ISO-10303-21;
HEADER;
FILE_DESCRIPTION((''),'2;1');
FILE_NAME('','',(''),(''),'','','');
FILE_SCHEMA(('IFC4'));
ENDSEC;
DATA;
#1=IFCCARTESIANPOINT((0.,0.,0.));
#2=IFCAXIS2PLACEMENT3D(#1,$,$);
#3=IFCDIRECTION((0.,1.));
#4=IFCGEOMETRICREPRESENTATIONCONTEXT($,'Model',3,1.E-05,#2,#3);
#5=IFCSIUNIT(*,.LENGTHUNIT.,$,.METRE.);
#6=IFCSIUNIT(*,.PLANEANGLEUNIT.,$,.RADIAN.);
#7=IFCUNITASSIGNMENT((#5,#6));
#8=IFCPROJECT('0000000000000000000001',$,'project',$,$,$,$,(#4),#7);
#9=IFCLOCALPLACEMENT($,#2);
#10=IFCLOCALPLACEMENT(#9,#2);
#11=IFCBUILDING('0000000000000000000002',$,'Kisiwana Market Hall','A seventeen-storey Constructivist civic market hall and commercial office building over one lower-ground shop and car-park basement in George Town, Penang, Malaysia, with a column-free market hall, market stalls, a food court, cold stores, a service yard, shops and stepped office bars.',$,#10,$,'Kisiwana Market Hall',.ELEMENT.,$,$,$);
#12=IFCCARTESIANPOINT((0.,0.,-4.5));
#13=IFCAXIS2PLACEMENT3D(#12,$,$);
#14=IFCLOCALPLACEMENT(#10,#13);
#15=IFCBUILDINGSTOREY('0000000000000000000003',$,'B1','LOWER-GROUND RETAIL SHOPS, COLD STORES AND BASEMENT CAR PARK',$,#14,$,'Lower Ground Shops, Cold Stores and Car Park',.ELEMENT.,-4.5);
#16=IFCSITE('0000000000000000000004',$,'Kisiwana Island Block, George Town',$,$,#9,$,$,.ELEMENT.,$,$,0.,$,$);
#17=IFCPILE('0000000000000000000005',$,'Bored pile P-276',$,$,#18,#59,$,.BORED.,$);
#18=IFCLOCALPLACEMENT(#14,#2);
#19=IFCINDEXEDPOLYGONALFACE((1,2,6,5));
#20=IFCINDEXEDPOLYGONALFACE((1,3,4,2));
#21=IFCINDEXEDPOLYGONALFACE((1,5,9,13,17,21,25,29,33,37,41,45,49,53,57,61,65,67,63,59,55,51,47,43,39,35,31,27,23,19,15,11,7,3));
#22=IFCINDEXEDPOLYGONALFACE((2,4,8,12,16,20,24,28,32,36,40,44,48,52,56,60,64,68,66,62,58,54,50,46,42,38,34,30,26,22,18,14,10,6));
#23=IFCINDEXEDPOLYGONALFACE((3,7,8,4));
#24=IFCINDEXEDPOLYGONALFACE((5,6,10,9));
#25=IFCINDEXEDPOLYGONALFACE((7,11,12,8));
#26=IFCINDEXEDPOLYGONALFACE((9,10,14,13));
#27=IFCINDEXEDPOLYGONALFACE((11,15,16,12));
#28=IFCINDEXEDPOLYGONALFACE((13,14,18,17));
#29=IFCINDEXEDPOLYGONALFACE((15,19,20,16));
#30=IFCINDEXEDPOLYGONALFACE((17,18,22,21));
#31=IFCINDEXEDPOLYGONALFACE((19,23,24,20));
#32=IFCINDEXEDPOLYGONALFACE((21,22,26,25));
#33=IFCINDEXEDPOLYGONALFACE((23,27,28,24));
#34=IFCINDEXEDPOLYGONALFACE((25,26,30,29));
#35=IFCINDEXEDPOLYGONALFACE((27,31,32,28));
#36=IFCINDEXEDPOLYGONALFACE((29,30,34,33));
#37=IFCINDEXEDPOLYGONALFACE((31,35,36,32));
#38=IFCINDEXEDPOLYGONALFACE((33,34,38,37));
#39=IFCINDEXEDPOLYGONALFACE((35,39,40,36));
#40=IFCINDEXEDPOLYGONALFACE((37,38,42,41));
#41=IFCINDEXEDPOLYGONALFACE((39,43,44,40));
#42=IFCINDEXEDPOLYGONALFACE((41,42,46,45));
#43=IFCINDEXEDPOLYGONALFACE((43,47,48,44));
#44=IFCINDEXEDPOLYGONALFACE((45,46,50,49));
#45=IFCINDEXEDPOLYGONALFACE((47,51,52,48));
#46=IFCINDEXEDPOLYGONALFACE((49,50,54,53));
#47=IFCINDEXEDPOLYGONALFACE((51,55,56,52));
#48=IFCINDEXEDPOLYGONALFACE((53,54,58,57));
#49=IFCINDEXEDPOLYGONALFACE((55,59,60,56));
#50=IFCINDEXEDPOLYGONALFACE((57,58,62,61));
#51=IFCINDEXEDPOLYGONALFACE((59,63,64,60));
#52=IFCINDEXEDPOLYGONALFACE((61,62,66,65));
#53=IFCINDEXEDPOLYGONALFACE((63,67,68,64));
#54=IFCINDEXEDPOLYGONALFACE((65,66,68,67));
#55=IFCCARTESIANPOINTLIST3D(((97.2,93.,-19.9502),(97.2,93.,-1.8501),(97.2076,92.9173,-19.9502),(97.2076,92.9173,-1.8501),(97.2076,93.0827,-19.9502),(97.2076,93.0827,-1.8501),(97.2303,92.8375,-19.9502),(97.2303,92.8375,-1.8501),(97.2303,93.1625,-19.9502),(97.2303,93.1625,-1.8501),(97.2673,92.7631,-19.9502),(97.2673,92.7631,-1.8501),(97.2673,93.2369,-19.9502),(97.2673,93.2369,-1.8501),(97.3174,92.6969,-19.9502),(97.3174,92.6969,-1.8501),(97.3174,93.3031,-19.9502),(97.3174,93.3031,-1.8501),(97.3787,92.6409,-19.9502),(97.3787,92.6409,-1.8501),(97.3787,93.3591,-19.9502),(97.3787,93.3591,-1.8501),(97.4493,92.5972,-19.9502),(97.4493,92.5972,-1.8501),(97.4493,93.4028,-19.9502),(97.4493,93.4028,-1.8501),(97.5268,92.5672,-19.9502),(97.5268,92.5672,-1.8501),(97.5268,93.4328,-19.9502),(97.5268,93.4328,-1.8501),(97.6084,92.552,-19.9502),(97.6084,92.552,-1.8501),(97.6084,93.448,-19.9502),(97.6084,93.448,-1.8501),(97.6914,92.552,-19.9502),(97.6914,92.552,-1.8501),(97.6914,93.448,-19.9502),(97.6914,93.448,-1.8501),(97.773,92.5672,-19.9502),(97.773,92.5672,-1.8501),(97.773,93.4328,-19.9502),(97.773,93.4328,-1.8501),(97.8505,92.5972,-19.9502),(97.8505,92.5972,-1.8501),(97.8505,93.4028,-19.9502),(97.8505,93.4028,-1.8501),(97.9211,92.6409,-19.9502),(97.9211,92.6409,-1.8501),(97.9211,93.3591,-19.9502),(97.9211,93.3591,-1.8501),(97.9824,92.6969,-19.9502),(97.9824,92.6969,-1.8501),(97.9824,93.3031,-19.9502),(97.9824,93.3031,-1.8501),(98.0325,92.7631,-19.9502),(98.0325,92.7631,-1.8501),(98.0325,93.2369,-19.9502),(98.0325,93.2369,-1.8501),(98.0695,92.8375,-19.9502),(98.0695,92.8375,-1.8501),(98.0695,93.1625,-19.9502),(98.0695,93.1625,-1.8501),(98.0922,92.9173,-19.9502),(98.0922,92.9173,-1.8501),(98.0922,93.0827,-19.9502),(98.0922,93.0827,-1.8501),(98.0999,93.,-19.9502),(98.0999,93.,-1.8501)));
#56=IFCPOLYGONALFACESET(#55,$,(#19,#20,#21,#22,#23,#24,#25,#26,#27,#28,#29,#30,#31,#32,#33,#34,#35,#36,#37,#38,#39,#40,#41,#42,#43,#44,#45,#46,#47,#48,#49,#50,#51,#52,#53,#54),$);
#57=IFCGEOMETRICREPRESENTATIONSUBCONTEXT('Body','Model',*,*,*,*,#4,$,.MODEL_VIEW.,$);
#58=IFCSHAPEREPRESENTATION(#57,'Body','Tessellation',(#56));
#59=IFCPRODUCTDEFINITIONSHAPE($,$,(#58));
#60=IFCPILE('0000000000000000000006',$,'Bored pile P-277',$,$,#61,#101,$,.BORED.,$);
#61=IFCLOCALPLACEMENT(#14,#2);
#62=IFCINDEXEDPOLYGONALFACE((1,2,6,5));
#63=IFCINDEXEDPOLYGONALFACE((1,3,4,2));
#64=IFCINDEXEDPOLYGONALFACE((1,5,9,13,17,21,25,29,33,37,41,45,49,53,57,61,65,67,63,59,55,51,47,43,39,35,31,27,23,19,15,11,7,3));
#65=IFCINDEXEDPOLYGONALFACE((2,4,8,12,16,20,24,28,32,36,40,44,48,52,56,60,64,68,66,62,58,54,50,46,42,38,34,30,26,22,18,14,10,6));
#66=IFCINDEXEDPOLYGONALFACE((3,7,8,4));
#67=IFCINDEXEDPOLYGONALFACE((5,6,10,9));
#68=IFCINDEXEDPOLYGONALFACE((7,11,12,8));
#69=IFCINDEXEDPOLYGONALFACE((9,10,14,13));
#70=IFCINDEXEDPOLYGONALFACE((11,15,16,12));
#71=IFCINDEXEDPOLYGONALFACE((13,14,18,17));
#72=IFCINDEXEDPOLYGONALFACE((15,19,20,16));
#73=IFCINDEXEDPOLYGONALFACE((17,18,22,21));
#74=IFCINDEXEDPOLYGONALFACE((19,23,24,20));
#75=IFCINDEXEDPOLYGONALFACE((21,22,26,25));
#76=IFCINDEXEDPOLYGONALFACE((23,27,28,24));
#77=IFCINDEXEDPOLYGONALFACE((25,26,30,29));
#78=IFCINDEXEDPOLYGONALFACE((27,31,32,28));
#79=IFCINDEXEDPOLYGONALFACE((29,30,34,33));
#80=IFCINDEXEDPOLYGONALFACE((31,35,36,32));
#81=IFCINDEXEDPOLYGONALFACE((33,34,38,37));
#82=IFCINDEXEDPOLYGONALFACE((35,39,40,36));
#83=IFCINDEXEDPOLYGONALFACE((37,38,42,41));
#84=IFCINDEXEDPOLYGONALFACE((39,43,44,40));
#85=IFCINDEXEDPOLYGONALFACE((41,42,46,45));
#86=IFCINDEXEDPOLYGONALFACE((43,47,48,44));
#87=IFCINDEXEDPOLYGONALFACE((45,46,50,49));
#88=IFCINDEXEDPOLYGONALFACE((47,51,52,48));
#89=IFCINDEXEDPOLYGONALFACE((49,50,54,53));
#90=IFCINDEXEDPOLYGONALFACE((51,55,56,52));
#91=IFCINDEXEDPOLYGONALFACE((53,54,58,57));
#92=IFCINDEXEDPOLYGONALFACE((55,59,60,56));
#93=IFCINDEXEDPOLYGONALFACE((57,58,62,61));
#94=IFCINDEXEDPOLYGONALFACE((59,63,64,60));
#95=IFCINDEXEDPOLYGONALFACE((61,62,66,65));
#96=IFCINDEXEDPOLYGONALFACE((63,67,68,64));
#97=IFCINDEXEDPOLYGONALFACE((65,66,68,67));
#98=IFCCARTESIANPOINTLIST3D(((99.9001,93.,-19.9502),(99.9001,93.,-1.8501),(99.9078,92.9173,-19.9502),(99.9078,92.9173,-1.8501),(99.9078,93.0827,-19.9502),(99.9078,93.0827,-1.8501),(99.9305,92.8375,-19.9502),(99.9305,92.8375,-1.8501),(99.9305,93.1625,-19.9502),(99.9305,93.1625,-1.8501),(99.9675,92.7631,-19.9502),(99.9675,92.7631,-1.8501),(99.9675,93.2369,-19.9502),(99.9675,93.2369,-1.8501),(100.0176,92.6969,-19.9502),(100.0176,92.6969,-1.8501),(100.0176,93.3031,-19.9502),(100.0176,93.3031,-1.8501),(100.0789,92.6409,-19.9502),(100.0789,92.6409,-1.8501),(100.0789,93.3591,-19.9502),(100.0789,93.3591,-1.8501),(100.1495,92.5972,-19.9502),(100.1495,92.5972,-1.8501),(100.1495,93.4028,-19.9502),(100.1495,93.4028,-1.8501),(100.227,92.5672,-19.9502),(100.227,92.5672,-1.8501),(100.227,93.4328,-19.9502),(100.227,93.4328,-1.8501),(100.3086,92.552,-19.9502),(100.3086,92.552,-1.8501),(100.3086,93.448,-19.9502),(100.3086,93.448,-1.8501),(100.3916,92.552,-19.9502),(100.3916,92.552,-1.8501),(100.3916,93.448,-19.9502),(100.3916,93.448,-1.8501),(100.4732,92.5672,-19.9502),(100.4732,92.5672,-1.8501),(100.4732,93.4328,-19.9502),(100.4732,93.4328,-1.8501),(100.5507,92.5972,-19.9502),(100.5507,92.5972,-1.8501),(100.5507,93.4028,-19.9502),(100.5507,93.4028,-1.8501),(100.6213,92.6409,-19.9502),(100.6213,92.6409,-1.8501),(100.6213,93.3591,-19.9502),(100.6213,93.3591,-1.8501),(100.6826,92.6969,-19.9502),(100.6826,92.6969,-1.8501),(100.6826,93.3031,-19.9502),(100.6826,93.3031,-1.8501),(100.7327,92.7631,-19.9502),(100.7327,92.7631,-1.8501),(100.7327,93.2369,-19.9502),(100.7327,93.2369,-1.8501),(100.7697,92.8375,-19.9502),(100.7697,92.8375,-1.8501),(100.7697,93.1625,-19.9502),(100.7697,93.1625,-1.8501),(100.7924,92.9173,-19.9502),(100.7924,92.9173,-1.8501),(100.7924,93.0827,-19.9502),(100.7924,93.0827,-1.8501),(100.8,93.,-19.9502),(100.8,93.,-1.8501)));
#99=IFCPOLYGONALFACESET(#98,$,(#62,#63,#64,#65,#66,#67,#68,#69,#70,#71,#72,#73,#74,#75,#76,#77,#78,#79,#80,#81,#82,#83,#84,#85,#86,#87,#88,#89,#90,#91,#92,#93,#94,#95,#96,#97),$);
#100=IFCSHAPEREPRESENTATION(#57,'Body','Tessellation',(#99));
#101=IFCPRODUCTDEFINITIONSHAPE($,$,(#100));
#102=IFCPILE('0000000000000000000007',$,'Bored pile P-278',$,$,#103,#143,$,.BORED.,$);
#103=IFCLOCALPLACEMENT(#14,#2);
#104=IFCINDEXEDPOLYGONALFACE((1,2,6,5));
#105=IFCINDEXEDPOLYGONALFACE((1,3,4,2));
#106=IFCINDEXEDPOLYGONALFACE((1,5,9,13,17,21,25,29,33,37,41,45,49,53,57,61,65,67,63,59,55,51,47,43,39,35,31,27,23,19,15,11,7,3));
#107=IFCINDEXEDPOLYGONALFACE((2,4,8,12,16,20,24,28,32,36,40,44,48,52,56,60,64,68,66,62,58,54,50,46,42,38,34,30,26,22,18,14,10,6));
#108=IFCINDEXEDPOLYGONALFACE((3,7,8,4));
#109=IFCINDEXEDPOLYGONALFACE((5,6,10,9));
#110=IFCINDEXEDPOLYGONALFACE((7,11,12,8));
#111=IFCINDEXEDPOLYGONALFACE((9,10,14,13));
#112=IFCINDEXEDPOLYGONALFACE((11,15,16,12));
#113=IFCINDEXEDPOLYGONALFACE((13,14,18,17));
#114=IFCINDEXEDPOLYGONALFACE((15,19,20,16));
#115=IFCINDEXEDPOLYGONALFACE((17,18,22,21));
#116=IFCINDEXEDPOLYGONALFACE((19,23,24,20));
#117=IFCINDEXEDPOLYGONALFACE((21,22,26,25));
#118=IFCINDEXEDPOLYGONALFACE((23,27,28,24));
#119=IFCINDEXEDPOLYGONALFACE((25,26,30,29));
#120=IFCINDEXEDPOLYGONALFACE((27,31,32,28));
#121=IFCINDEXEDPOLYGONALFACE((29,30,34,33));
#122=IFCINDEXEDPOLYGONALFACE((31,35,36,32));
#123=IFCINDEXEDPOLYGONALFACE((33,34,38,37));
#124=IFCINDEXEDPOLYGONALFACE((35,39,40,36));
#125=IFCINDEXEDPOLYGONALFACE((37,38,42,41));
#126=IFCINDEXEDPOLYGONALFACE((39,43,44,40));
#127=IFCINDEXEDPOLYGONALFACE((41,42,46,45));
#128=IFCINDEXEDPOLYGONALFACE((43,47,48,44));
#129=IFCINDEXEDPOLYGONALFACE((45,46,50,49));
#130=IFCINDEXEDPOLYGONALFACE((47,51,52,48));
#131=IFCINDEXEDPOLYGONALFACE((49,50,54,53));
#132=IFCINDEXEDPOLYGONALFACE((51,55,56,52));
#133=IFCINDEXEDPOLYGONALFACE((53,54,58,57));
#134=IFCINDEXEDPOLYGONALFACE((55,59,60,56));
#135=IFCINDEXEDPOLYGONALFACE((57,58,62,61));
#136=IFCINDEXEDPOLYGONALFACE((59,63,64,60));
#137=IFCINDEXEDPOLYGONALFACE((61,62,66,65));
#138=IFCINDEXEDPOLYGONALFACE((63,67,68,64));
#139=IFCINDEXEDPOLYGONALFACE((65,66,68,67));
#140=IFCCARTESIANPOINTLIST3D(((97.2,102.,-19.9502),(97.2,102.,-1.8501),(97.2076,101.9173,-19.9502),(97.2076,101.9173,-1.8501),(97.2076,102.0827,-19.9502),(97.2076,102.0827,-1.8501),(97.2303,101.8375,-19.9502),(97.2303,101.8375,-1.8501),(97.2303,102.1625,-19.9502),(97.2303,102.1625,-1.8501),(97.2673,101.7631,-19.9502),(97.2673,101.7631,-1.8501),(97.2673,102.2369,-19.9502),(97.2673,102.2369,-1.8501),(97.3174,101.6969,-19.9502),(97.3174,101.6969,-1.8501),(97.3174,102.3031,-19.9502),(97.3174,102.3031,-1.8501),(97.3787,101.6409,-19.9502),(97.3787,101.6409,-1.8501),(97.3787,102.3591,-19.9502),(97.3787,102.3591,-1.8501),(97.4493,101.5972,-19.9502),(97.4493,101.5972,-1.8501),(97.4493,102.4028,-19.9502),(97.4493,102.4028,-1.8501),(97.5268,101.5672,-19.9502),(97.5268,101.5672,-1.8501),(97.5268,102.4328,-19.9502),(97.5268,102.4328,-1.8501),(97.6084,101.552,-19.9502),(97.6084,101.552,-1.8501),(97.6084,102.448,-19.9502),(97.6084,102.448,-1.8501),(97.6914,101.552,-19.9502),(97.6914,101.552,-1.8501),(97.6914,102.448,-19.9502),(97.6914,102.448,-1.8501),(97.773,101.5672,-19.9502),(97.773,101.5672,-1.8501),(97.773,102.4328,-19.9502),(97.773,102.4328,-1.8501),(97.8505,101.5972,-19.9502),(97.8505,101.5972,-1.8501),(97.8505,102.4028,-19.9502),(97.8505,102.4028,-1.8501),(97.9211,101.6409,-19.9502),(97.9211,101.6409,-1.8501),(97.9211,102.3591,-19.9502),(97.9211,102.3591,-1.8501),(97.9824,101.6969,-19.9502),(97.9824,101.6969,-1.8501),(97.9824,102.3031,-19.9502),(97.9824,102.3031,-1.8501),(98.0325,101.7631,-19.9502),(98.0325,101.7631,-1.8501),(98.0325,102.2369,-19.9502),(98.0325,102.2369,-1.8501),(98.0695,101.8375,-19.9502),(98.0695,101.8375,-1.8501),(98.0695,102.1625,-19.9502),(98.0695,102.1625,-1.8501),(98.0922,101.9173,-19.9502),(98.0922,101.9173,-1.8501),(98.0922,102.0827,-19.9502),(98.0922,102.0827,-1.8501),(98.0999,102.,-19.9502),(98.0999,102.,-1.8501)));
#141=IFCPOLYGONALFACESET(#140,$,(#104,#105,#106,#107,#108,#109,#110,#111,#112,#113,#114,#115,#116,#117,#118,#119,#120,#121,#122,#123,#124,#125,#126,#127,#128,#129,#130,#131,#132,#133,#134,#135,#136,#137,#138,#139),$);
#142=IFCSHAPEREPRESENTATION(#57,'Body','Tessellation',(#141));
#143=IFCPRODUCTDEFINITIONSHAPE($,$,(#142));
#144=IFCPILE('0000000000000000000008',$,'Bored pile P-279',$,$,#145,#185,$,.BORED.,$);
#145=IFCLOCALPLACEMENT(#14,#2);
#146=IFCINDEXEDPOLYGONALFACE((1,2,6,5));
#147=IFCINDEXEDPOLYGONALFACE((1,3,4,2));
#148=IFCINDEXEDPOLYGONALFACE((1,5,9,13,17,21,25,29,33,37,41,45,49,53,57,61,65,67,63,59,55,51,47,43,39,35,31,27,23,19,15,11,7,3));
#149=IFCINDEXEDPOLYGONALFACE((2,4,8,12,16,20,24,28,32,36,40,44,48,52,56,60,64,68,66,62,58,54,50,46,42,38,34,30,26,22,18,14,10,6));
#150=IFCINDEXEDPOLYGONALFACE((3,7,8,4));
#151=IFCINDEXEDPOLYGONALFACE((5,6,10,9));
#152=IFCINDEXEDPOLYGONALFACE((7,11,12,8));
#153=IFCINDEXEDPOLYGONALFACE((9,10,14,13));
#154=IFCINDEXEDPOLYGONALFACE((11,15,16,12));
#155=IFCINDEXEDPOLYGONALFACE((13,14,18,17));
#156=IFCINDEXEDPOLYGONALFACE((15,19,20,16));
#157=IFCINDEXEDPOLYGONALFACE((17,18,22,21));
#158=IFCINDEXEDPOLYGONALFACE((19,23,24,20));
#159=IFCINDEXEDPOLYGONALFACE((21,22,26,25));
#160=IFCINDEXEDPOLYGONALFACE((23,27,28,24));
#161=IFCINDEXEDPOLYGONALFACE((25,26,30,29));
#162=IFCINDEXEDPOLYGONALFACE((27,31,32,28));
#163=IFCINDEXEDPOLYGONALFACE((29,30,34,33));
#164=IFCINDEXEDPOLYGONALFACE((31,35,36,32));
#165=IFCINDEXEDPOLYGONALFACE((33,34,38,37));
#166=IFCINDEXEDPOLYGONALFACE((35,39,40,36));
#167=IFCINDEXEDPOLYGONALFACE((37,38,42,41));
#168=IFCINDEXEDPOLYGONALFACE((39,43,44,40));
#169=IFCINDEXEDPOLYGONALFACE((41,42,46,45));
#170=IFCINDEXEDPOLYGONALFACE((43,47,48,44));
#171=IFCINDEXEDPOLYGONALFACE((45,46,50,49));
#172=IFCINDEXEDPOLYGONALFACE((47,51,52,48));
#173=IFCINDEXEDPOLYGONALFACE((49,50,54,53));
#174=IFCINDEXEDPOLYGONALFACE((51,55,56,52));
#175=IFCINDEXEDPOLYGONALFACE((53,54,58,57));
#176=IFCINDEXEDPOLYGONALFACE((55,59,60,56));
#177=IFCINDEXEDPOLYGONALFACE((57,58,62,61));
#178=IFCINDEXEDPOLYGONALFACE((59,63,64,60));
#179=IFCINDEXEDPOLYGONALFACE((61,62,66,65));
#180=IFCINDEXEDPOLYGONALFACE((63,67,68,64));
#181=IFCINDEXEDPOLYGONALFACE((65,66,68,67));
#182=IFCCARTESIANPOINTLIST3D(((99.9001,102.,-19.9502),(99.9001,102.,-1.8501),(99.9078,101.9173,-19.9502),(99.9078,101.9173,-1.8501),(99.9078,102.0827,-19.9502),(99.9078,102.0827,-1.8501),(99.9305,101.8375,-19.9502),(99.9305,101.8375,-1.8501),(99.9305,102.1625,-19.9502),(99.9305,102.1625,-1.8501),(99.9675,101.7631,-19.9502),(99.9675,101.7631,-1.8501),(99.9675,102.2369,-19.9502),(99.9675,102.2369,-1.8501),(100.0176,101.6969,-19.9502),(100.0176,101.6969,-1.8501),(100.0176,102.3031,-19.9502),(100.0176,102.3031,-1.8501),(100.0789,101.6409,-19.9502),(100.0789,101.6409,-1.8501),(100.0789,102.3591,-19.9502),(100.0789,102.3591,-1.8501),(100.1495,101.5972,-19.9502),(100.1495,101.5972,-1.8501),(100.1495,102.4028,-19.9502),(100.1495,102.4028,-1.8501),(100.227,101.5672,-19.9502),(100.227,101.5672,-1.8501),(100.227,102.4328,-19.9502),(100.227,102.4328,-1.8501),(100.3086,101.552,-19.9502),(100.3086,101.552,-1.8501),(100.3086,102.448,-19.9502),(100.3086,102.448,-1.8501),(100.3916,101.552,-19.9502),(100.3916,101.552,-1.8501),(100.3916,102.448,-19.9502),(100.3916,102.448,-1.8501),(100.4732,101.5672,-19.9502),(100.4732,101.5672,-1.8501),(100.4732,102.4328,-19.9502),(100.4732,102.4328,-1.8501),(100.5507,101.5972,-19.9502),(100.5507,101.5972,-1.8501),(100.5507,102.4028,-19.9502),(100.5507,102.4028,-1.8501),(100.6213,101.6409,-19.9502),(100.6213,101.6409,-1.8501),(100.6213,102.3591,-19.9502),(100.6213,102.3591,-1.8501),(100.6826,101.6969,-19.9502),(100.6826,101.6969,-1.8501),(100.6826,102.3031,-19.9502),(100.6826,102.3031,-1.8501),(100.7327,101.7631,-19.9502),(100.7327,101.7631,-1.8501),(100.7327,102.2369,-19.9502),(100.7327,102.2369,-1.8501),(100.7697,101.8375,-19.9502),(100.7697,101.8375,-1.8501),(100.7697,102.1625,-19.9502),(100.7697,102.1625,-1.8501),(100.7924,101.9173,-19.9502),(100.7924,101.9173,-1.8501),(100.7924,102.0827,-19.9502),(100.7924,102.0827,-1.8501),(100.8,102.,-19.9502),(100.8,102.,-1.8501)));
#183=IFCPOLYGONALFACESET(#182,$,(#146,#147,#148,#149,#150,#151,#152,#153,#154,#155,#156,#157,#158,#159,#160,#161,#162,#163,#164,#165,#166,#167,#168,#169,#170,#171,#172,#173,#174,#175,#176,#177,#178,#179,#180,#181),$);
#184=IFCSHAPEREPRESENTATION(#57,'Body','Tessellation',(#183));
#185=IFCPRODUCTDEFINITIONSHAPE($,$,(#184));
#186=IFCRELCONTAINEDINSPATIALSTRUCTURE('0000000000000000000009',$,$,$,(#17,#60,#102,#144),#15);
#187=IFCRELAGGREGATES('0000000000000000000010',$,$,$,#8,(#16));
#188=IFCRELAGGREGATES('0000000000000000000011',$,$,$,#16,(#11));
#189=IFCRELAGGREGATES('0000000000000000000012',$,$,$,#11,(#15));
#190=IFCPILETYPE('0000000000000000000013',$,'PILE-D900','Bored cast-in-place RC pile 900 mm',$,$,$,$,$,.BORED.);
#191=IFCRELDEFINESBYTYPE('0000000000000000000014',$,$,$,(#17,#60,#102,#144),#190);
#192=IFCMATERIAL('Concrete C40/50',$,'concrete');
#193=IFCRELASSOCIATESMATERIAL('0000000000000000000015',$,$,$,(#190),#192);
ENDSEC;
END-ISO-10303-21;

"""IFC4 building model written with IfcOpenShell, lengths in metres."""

from ifc_helpers import new_model, si_unit, direction, frame, origin, origin_2d, place, context, subcontext, project, spatial, circle, extrude, material, material_profile, profile_set, type_object, element, save


model = new_model("IFC4")

# Units and contexts
model_context = context("Model", 3, precision=1e-05, world=origin(), true_north=direction((0.0, 1.0)))
body_context = subcontext(model_context, "Body", "Model", "MODEL_VIEW")
ifc_project = project(units=[si_unit("LENGTHUNIT", "METRE"), si_unit("PLANEANGLEUNIT", "RADIAN")], contexts=[model_context])

# Site, building, storey
site_placement = place(None, origin())
site = spatial("IfcSite", under=ifc_project, at=site_placement, Name="Kisiwana Island Block, George Town", CompositionType="ELEMENT", RefElevation=0.0)
building_placement = place(site_placement, origin())
building = spatial("IfcBuilding", under=site, at=building_placement, Name="Kisiwana Market Hall", Description="A seventeen-storey Constructivist civic market hall and commercial office building over one lower-ground shop and car-park basement in George Town, Penang, Malaysia, with a column-free market hall, market stalls, a food court, cold stores, a service yard, shops and stepped office bars.", LongName="Kisiwana Market Hall", CompositionType="ELEMENT")
storey_placement = place(building_placement, frame((0.0, 0.0, -4.5)))
storey = spatial("IfcBuildingStorey", under=building, at=storey_placement, Name="B1", Description="LOWER-GROUND RETAIL SHOPS, COLD STORES AND BASEMENT CAR PARK", LongName="Lower Ground Shops, Cold Stores and Car Park", CompositionType="ELEMENT", Elevation=-4.5)

# Piles
ifc_material_1 = material(Name="Concrete C40/50", Category="concrete")
ifc_material_profile_1 = material_profile(ifc_material_1, circle(Radius=0.45, at=origin_2d()), Name="BP D900")
ifc_profile_set_1 = profile_set([ifc_material_profile_1], Name="Concrete C40/50")
pile_type_1 = type_object("IfcPileType", Name="PILE-D900", Description="Bored cast-in-place RC pile 900 mm", PredefinedType="BORED", material=ifc_profile_set_1)
for number, where, z_axis, x_axis, name in (
    (1, (97.6499, 93.0, -1.8501), (0.0, 0.0, -1.0), (1.0, 0.0, 0.0), "Bored pile P-276"),
    (2, (100.3501, 93.0, -1.8501), (0.0, 0.0, -1.0), (1.0, 0.0, 0.0), "Bored pile P-277"),
    (3, (97.6499, 102.0, -1.8501), (0.0, 0.0, -1.0), (1.0, 0.0, 0.0), "Bored pile P-278"),
    (4, (100.3501, 102.0, -1.8501), (0.0, 0.0, -1.0), (1.0, 0.0, 0.0), "Bored pile P-279"),
):
    element("IfcPile", number, at=place(storey_placement, frame(where, z_axis=z_axis, x_axis=x_axis)), inside=storey, type_object=pile_type_1, Name=name, PredefinedType="BORED", context=body_context, shape_type="SweptSolid", body=[
        extrude(circle(Radius=0.45, at=origin_2d()), origin(), (0.0, 0.0, 1.0), 18.1001),
    ])

save(model, "model.ifc")
